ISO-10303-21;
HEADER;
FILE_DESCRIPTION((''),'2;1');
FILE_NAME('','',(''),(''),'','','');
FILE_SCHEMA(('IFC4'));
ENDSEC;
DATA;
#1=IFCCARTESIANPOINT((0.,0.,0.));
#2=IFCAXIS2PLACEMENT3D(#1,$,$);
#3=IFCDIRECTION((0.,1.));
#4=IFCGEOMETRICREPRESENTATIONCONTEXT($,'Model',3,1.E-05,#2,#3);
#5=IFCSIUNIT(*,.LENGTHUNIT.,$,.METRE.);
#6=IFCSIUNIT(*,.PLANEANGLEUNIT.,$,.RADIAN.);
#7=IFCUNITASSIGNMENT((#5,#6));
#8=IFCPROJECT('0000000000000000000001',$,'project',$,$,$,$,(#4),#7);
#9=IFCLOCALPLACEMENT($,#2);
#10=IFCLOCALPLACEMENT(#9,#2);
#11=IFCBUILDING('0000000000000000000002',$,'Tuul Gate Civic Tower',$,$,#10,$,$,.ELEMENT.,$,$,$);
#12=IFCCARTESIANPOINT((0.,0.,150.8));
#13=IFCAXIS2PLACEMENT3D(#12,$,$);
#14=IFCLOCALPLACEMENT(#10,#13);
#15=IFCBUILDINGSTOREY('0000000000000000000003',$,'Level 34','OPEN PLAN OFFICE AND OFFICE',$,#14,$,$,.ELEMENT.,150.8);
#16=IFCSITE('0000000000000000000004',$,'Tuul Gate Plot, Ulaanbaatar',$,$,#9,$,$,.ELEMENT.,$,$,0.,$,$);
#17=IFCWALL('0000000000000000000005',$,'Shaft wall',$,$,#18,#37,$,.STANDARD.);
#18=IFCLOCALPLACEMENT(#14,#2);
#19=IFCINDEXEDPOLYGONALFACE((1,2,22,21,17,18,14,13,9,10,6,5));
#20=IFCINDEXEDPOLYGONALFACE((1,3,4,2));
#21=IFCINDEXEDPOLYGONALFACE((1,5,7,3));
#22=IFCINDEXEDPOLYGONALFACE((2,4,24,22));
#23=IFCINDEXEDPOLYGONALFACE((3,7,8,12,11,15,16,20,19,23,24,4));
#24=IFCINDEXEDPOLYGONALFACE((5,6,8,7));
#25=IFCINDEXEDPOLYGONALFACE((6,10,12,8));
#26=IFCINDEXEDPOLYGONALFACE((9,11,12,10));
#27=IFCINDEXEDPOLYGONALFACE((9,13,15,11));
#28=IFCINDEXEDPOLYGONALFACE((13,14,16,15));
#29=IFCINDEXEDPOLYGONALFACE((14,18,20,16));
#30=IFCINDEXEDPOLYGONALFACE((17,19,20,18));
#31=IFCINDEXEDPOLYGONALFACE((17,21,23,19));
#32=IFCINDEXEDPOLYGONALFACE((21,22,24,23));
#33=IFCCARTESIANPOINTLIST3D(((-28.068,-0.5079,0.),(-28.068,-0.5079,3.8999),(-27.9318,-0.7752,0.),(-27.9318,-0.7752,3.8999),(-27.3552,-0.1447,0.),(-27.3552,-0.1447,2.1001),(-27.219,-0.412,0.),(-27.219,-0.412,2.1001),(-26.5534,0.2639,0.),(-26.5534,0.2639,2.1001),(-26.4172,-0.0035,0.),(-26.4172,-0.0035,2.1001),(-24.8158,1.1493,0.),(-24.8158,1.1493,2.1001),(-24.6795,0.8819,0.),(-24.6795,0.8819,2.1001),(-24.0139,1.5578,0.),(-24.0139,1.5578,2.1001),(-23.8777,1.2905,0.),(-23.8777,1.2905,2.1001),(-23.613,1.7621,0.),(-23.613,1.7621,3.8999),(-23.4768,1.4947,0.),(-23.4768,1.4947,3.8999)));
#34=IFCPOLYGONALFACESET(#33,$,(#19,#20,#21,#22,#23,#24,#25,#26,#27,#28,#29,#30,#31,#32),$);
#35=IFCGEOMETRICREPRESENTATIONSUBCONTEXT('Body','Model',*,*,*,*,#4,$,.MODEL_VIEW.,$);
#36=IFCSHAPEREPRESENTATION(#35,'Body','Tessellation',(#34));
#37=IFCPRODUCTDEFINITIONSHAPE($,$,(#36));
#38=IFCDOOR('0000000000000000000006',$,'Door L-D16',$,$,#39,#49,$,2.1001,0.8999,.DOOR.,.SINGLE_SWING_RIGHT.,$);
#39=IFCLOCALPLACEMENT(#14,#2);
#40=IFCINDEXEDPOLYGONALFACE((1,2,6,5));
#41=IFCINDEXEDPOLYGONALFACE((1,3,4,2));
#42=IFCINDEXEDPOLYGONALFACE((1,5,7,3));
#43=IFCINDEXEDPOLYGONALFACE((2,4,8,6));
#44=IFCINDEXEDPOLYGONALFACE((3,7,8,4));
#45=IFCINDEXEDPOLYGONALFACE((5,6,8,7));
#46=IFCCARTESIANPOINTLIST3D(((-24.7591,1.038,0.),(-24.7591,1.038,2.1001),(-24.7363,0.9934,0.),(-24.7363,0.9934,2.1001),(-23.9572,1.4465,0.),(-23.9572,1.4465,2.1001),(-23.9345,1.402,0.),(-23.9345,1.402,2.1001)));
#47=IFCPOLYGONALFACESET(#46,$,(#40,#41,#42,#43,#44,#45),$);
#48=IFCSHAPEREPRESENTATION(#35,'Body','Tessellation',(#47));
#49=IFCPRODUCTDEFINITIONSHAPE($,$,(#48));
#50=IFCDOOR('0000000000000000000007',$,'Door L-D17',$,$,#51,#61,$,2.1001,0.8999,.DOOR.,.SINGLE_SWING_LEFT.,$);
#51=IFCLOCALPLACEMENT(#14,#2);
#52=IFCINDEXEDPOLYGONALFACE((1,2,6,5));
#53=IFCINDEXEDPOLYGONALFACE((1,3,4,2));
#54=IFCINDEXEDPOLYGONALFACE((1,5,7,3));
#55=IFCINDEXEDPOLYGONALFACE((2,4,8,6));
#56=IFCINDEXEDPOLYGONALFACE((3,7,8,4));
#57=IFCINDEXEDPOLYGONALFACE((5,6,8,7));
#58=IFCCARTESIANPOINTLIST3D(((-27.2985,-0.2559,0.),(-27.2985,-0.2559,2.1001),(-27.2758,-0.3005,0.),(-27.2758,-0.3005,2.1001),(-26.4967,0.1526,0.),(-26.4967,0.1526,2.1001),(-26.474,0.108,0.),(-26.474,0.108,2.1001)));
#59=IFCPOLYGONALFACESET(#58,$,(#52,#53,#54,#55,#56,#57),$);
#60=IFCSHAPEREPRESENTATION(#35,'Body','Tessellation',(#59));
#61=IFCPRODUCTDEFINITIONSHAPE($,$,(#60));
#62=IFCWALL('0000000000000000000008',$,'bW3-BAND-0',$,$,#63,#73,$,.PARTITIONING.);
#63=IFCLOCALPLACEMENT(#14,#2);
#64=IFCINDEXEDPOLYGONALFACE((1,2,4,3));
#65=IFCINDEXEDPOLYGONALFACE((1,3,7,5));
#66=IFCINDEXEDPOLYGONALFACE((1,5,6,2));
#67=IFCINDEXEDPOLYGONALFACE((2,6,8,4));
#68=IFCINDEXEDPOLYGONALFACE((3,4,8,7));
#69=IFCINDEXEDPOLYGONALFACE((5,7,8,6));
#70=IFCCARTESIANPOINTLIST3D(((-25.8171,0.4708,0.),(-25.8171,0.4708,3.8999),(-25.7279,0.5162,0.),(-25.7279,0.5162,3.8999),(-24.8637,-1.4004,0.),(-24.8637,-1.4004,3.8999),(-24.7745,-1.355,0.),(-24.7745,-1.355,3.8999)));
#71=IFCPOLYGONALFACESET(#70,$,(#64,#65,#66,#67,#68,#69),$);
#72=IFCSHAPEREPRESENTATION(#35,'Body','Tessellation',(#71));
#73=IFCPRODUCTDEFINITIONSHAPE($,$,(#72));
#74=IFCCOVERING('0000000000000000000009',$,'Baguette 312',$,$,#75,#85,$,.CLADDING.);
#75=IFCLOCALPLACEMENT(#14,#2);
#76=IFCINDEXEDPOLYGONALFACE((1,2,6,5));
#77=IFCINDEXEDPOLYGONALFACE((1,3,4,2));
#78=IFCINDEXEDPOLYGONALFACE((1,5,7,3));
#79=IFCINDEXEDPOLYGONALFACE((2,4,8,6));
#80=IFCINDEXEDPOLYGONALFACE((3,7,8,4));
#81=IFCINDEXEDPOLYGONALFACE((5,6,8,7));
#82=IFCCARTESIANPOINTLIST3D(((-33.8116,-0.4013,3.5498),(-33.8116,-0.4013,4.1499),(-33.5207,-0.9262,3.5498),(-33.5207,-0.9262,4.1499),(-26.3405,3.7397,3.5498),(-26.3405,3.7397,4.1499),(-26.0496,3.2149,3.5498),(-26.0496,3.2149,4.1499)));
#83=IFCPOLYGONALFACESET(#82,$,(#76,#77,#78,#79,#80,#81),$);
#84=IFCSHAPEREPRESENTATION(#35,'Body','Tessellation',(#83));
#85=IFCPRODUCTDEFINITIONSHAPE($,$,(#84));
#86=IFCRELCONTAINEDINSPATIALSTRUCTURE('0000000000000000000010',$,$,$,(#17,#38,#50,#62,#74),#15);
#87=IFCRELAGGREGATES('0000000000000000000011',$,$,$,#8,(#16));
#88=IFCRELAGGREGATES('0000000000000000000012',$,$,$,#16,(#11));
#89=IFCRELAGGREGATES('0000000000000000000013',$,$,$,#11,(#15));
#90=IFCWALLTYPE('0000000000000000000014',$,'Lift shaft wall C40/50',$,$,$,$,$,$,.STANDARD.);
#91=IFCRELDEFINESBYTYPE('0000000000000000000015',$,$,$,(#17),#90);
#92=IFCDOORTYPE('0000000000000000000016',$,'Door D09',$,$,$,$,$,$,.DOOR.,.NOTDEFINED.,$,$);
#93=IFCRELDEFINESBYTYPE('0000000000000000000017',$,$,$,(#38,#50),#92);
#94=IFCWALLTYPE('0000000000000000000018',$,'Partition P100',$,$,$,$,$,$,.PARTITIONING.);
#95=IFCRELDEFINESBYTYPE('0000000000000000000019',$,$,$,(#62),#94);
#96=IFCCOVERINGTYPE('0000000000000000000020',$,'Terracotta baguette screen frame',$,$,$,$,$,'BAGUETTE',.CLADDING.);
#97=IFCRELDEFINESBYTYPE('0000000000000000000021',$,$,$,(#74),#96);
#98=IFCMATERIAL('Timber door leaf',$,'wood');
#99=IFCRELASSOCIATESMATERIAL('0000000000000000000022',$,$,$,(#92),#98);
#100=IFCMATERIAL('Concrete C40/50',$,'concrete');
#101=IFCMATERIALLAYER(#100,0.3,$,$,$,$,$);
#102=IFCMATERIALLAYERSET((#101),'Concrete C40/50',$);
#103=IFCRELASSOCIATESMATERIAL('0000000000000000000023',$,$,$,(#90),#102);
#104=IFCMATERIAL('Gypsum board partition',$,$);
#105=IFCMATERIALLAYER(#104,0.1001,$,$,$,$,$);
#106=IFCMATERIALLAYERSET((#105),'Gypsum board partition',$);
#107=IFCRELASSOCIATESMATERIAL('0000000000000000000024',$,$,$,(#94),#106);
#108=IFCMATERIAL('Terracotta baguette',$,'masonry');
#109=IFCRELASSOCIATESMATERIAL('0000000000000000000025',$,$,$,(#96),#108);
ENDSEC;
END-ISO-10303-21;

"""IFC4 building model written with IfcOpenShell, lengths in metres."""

from ifc_helpers import new_model, si_unit, direction, frame, frame_2d, origin, origin_2d, place, context, subcontext, project, spatial, rectangle, extrude, material, layer, layer_set, material_profile, profile_set, type_object, element, fill, save


model = new_model("IFC4")

# Units and contexts
model_context = context("Model", 3, precision=1e-05, world=origin(), true_north=direction((0.0, 1.0)))
body_context = subcontext(model_context, "Body", "Model", "MODEL_VIEW")
ifc_project = project(units=[si_unit("LENGTHUNIT", "METRE"), si_unit("PLANEANGLEUNIT", "RADIAN")], contexts=[model_context])

# Site, building, storey
site_placement = place(None, origin())
site = spatial("IfcSite", under=ifc_project, at=site_placement, Name="Tuul Gate Plot, Ulaanbaatar", CompositionType="ELEMENT", RefElevation=0.0)
building_placement = place(site_placement, origin())
building = spatial("IfcBuilding", under=site, at=building_placement, Name="Tuul Gate Civic Tower", CompositionType="ELEMENT")
storey_placement = place(building_placement, frame((0.0, 0.0, 150.8)))
storey = spatial("IfcBuildingStorey", under=building, at=storey_placement, Name="Level 34", Description="OPEN PLAN OFFICE AND OFFICE", CompositionType="ELEMENT", Elevation=150.8)

# Shared definitions
ifc_material_1 = material(Name="Timber door leaf", Category="wood")
door_type_1 = type_object("IfcDoorType", Name="Door D09", OperationType="NOTDEFINED", PredefinedType="DOOR", material=ifc_material_1)

# Shared definitions
ifc_material_2 = material(Name="Concrete C40/50", Category="concrete")
ifc_layer_1 = layer(ifc_material_2, 0.3)
ifc_layer_set_1 = layer_set([ifc_layer_1], Name="Concrete C40/50")
wall_type_1 = type_object("IfcWallType", Name="Lift shaft wall C40/50", PredefinedType="STANDARD", material=ifc_layer_set_1)

# Wall, openings, doors
wall_1_placement = place(storey_placement, frame((-23.5449, 1.6284, 0.0), z_axis=(0.0, 0.0, 1.0), x_axis=(-0.891003, -0.453997, 0.0)))
wall_1 = element("IfcWall", 1, at=wall_1_placement, inside=storey, type_object=wall_type_1, Name="Shaft wall", PredefinedType="STANDARD", context=body_context, shape_type="SweptSolid", body=[
    extrude(rectangle(XDim=5.0, YDim=0.3, at=frame_2d((2.5, 0.0))), origin(), (0.0, 0.0, 1.0), 3.8999),
])
opening_1_placement = place(wall_1_placement, frame((0.45, 0.0, 0.0)))
opening_1 = element("IfcOpeningElement", 2, at=opening_1_placement, cuts=wall_1, PredefinedType="OPENING", context=body_context, shape_type="SweptSolid", body=[
    extrude(rectangle(XDim=0.8999, YDim=2.1001, at=frame_2d((0.45, 1.05))), frame((0.0, 0.1602, 0.0), z_axis=(0.0, -1.0, 0.0), x_axis=(1.0, 0.0, 0.0)), (0.0, 0.0, 1.0), 0.3201),
])
opening_2_placement = place(wall_1_placement, frame((3.3, 0.0, 0.0)))
opening_2 = element("IfcOpeningElement", 3, at=opening_2_placement, cuts=wall_1, PredefinedType="OPENING", context=body_context, shape_type="SweptSolid", body=[
    extrude(rectangle(XDim=0.8999, YDim=2.1001, at=frame_2d((0.45, 1.05))), frame((0.0, 0.1602, 0.0), z_axis=(0.0, -1.0, 0.0), x_axis=(1.0, 0.0, 0.0)), (0.0, 0.0, 1.0), 0.3201),
])
door_1_placement = place(opening_1_placement, origin())
door_1 = element("IfcDoor", 4, at=door_1_placement, inside=storey, type_object=door_type_1, Name="Door L-D16", OperationType="SINGLE_SWING_RIGHT", OverallHeight=2.1001, OverallWidth=0.8999, PredefinedType="DOOR", context=body_context, shape_type="SweptSolid", body=[
    extrude(rectangle(XDim=0.8999, YDim=2.1001, at=frame_2d((0.45, 1.05))), frame((0.0, 0.0249, 0.0), z_axis=(0.0, -1.0, 0.0), x_axis=(1.0, 0.0, 0.0)), (0.0, 0.0, 1.0), 0.05),
])
fill(opening_1, door_1)
door_2_placement = place(opening_2_placement, origin())
door_2 = element("IfcDoor", 5, at=door_2_placement, inside=storey, type_object=door_type_1, Name="Door L-D17", OperationType="SINGLE_SWING_LEFT", OverallHeight=2.1001, OverallWidth=0.8999, PredefinedType="DOOR", context=body_context, shape_type="SweptSolid", body=[
    extrude(rectangle(XDim=0.8999, YDim=2.1001, at=frame_2d((0.45, 1.05))), frame((0.0, 0.0249, 0.0), z_axis=(0.0, -1.0, 0.0), x_axis=(1.0, 0.0, 0.0)), (0.0, 0.0, 1.0), 0.05),
])
fill(opening_2, door_2)

# Wall
ifc_material_3 = material(Name="Gypsum board partition")
ifc_layer_2 = layer(ifc_material_3, 0.1001)
ifc_layer_set_2 = layer_set([ifc_layer_2], Name="Gypsum board partition")
wall_type_2 = type_object("IfcWallType", Name="Partition P100", PredefinedType="PARTITIONING", material=ifc_layer_set_2)
wall_2_placement = place(storey_placement, frame((-24.8191, -1.3777, 0.0), z_axis=(0.0, 0.0, 1.0), x_axis=(-0.45399, 0.891007, 0.0)))
element("IfcWall", 6, at=wall_2_placement, inside=storey, type_object=wall_type_2, Name="bW3-BAND-0", PredefinedType="PARTITIONING", context=body_context, shape_type="SweptSolid", body=[
    extrude(rectangle(XDim=2.1001, YDim=0.1001, at=frame_2d((1.05, 0.0))), origin(), (0.0, 0.0, 1.0), 3.8999),
])

# Covering
ifc_material_4 = material(Name="Terracotta baguette", Category="masonry")
ifc_material_profile_1 = material_profile(ifc_material_4, rectangle(XDim=0.6001, YDim=0.6001, at=origin_2d()), Name="Terracotta baguette screen frame")
ifc_profile_set_1 = profile_set([ifc_material_profile_1], Name="Terracotta baguette")
covering_type = type_object("IfcCoveringType", Name="Terracotta baguette screen frame", ElementType="BAGUETTE", PredefinedType="CLADDING", material=ifc_profile_set_1)
covering_placement = place(storey_placement, frame((-26.1951, 3.4773, 3.8499), z_axis=(-0.874631, -0.484789, 0.0), x_axis=(0.484789, -0.874631, 0.0)))
element("IfcCovering", 7, at=covering_placement, inside=storey, type_object=covering_type, Name="Baguette 312", PredefinedType="CLADDING", context=body_context, shape_type="SweptSolid", body=[
    extrude(rectangle(XDim=0.6001, YDim=0.6001, at=origin_2d()), origin(), (0.0, 0.0, 1.0), 8.542),
])

save(model, "model.ifc")
